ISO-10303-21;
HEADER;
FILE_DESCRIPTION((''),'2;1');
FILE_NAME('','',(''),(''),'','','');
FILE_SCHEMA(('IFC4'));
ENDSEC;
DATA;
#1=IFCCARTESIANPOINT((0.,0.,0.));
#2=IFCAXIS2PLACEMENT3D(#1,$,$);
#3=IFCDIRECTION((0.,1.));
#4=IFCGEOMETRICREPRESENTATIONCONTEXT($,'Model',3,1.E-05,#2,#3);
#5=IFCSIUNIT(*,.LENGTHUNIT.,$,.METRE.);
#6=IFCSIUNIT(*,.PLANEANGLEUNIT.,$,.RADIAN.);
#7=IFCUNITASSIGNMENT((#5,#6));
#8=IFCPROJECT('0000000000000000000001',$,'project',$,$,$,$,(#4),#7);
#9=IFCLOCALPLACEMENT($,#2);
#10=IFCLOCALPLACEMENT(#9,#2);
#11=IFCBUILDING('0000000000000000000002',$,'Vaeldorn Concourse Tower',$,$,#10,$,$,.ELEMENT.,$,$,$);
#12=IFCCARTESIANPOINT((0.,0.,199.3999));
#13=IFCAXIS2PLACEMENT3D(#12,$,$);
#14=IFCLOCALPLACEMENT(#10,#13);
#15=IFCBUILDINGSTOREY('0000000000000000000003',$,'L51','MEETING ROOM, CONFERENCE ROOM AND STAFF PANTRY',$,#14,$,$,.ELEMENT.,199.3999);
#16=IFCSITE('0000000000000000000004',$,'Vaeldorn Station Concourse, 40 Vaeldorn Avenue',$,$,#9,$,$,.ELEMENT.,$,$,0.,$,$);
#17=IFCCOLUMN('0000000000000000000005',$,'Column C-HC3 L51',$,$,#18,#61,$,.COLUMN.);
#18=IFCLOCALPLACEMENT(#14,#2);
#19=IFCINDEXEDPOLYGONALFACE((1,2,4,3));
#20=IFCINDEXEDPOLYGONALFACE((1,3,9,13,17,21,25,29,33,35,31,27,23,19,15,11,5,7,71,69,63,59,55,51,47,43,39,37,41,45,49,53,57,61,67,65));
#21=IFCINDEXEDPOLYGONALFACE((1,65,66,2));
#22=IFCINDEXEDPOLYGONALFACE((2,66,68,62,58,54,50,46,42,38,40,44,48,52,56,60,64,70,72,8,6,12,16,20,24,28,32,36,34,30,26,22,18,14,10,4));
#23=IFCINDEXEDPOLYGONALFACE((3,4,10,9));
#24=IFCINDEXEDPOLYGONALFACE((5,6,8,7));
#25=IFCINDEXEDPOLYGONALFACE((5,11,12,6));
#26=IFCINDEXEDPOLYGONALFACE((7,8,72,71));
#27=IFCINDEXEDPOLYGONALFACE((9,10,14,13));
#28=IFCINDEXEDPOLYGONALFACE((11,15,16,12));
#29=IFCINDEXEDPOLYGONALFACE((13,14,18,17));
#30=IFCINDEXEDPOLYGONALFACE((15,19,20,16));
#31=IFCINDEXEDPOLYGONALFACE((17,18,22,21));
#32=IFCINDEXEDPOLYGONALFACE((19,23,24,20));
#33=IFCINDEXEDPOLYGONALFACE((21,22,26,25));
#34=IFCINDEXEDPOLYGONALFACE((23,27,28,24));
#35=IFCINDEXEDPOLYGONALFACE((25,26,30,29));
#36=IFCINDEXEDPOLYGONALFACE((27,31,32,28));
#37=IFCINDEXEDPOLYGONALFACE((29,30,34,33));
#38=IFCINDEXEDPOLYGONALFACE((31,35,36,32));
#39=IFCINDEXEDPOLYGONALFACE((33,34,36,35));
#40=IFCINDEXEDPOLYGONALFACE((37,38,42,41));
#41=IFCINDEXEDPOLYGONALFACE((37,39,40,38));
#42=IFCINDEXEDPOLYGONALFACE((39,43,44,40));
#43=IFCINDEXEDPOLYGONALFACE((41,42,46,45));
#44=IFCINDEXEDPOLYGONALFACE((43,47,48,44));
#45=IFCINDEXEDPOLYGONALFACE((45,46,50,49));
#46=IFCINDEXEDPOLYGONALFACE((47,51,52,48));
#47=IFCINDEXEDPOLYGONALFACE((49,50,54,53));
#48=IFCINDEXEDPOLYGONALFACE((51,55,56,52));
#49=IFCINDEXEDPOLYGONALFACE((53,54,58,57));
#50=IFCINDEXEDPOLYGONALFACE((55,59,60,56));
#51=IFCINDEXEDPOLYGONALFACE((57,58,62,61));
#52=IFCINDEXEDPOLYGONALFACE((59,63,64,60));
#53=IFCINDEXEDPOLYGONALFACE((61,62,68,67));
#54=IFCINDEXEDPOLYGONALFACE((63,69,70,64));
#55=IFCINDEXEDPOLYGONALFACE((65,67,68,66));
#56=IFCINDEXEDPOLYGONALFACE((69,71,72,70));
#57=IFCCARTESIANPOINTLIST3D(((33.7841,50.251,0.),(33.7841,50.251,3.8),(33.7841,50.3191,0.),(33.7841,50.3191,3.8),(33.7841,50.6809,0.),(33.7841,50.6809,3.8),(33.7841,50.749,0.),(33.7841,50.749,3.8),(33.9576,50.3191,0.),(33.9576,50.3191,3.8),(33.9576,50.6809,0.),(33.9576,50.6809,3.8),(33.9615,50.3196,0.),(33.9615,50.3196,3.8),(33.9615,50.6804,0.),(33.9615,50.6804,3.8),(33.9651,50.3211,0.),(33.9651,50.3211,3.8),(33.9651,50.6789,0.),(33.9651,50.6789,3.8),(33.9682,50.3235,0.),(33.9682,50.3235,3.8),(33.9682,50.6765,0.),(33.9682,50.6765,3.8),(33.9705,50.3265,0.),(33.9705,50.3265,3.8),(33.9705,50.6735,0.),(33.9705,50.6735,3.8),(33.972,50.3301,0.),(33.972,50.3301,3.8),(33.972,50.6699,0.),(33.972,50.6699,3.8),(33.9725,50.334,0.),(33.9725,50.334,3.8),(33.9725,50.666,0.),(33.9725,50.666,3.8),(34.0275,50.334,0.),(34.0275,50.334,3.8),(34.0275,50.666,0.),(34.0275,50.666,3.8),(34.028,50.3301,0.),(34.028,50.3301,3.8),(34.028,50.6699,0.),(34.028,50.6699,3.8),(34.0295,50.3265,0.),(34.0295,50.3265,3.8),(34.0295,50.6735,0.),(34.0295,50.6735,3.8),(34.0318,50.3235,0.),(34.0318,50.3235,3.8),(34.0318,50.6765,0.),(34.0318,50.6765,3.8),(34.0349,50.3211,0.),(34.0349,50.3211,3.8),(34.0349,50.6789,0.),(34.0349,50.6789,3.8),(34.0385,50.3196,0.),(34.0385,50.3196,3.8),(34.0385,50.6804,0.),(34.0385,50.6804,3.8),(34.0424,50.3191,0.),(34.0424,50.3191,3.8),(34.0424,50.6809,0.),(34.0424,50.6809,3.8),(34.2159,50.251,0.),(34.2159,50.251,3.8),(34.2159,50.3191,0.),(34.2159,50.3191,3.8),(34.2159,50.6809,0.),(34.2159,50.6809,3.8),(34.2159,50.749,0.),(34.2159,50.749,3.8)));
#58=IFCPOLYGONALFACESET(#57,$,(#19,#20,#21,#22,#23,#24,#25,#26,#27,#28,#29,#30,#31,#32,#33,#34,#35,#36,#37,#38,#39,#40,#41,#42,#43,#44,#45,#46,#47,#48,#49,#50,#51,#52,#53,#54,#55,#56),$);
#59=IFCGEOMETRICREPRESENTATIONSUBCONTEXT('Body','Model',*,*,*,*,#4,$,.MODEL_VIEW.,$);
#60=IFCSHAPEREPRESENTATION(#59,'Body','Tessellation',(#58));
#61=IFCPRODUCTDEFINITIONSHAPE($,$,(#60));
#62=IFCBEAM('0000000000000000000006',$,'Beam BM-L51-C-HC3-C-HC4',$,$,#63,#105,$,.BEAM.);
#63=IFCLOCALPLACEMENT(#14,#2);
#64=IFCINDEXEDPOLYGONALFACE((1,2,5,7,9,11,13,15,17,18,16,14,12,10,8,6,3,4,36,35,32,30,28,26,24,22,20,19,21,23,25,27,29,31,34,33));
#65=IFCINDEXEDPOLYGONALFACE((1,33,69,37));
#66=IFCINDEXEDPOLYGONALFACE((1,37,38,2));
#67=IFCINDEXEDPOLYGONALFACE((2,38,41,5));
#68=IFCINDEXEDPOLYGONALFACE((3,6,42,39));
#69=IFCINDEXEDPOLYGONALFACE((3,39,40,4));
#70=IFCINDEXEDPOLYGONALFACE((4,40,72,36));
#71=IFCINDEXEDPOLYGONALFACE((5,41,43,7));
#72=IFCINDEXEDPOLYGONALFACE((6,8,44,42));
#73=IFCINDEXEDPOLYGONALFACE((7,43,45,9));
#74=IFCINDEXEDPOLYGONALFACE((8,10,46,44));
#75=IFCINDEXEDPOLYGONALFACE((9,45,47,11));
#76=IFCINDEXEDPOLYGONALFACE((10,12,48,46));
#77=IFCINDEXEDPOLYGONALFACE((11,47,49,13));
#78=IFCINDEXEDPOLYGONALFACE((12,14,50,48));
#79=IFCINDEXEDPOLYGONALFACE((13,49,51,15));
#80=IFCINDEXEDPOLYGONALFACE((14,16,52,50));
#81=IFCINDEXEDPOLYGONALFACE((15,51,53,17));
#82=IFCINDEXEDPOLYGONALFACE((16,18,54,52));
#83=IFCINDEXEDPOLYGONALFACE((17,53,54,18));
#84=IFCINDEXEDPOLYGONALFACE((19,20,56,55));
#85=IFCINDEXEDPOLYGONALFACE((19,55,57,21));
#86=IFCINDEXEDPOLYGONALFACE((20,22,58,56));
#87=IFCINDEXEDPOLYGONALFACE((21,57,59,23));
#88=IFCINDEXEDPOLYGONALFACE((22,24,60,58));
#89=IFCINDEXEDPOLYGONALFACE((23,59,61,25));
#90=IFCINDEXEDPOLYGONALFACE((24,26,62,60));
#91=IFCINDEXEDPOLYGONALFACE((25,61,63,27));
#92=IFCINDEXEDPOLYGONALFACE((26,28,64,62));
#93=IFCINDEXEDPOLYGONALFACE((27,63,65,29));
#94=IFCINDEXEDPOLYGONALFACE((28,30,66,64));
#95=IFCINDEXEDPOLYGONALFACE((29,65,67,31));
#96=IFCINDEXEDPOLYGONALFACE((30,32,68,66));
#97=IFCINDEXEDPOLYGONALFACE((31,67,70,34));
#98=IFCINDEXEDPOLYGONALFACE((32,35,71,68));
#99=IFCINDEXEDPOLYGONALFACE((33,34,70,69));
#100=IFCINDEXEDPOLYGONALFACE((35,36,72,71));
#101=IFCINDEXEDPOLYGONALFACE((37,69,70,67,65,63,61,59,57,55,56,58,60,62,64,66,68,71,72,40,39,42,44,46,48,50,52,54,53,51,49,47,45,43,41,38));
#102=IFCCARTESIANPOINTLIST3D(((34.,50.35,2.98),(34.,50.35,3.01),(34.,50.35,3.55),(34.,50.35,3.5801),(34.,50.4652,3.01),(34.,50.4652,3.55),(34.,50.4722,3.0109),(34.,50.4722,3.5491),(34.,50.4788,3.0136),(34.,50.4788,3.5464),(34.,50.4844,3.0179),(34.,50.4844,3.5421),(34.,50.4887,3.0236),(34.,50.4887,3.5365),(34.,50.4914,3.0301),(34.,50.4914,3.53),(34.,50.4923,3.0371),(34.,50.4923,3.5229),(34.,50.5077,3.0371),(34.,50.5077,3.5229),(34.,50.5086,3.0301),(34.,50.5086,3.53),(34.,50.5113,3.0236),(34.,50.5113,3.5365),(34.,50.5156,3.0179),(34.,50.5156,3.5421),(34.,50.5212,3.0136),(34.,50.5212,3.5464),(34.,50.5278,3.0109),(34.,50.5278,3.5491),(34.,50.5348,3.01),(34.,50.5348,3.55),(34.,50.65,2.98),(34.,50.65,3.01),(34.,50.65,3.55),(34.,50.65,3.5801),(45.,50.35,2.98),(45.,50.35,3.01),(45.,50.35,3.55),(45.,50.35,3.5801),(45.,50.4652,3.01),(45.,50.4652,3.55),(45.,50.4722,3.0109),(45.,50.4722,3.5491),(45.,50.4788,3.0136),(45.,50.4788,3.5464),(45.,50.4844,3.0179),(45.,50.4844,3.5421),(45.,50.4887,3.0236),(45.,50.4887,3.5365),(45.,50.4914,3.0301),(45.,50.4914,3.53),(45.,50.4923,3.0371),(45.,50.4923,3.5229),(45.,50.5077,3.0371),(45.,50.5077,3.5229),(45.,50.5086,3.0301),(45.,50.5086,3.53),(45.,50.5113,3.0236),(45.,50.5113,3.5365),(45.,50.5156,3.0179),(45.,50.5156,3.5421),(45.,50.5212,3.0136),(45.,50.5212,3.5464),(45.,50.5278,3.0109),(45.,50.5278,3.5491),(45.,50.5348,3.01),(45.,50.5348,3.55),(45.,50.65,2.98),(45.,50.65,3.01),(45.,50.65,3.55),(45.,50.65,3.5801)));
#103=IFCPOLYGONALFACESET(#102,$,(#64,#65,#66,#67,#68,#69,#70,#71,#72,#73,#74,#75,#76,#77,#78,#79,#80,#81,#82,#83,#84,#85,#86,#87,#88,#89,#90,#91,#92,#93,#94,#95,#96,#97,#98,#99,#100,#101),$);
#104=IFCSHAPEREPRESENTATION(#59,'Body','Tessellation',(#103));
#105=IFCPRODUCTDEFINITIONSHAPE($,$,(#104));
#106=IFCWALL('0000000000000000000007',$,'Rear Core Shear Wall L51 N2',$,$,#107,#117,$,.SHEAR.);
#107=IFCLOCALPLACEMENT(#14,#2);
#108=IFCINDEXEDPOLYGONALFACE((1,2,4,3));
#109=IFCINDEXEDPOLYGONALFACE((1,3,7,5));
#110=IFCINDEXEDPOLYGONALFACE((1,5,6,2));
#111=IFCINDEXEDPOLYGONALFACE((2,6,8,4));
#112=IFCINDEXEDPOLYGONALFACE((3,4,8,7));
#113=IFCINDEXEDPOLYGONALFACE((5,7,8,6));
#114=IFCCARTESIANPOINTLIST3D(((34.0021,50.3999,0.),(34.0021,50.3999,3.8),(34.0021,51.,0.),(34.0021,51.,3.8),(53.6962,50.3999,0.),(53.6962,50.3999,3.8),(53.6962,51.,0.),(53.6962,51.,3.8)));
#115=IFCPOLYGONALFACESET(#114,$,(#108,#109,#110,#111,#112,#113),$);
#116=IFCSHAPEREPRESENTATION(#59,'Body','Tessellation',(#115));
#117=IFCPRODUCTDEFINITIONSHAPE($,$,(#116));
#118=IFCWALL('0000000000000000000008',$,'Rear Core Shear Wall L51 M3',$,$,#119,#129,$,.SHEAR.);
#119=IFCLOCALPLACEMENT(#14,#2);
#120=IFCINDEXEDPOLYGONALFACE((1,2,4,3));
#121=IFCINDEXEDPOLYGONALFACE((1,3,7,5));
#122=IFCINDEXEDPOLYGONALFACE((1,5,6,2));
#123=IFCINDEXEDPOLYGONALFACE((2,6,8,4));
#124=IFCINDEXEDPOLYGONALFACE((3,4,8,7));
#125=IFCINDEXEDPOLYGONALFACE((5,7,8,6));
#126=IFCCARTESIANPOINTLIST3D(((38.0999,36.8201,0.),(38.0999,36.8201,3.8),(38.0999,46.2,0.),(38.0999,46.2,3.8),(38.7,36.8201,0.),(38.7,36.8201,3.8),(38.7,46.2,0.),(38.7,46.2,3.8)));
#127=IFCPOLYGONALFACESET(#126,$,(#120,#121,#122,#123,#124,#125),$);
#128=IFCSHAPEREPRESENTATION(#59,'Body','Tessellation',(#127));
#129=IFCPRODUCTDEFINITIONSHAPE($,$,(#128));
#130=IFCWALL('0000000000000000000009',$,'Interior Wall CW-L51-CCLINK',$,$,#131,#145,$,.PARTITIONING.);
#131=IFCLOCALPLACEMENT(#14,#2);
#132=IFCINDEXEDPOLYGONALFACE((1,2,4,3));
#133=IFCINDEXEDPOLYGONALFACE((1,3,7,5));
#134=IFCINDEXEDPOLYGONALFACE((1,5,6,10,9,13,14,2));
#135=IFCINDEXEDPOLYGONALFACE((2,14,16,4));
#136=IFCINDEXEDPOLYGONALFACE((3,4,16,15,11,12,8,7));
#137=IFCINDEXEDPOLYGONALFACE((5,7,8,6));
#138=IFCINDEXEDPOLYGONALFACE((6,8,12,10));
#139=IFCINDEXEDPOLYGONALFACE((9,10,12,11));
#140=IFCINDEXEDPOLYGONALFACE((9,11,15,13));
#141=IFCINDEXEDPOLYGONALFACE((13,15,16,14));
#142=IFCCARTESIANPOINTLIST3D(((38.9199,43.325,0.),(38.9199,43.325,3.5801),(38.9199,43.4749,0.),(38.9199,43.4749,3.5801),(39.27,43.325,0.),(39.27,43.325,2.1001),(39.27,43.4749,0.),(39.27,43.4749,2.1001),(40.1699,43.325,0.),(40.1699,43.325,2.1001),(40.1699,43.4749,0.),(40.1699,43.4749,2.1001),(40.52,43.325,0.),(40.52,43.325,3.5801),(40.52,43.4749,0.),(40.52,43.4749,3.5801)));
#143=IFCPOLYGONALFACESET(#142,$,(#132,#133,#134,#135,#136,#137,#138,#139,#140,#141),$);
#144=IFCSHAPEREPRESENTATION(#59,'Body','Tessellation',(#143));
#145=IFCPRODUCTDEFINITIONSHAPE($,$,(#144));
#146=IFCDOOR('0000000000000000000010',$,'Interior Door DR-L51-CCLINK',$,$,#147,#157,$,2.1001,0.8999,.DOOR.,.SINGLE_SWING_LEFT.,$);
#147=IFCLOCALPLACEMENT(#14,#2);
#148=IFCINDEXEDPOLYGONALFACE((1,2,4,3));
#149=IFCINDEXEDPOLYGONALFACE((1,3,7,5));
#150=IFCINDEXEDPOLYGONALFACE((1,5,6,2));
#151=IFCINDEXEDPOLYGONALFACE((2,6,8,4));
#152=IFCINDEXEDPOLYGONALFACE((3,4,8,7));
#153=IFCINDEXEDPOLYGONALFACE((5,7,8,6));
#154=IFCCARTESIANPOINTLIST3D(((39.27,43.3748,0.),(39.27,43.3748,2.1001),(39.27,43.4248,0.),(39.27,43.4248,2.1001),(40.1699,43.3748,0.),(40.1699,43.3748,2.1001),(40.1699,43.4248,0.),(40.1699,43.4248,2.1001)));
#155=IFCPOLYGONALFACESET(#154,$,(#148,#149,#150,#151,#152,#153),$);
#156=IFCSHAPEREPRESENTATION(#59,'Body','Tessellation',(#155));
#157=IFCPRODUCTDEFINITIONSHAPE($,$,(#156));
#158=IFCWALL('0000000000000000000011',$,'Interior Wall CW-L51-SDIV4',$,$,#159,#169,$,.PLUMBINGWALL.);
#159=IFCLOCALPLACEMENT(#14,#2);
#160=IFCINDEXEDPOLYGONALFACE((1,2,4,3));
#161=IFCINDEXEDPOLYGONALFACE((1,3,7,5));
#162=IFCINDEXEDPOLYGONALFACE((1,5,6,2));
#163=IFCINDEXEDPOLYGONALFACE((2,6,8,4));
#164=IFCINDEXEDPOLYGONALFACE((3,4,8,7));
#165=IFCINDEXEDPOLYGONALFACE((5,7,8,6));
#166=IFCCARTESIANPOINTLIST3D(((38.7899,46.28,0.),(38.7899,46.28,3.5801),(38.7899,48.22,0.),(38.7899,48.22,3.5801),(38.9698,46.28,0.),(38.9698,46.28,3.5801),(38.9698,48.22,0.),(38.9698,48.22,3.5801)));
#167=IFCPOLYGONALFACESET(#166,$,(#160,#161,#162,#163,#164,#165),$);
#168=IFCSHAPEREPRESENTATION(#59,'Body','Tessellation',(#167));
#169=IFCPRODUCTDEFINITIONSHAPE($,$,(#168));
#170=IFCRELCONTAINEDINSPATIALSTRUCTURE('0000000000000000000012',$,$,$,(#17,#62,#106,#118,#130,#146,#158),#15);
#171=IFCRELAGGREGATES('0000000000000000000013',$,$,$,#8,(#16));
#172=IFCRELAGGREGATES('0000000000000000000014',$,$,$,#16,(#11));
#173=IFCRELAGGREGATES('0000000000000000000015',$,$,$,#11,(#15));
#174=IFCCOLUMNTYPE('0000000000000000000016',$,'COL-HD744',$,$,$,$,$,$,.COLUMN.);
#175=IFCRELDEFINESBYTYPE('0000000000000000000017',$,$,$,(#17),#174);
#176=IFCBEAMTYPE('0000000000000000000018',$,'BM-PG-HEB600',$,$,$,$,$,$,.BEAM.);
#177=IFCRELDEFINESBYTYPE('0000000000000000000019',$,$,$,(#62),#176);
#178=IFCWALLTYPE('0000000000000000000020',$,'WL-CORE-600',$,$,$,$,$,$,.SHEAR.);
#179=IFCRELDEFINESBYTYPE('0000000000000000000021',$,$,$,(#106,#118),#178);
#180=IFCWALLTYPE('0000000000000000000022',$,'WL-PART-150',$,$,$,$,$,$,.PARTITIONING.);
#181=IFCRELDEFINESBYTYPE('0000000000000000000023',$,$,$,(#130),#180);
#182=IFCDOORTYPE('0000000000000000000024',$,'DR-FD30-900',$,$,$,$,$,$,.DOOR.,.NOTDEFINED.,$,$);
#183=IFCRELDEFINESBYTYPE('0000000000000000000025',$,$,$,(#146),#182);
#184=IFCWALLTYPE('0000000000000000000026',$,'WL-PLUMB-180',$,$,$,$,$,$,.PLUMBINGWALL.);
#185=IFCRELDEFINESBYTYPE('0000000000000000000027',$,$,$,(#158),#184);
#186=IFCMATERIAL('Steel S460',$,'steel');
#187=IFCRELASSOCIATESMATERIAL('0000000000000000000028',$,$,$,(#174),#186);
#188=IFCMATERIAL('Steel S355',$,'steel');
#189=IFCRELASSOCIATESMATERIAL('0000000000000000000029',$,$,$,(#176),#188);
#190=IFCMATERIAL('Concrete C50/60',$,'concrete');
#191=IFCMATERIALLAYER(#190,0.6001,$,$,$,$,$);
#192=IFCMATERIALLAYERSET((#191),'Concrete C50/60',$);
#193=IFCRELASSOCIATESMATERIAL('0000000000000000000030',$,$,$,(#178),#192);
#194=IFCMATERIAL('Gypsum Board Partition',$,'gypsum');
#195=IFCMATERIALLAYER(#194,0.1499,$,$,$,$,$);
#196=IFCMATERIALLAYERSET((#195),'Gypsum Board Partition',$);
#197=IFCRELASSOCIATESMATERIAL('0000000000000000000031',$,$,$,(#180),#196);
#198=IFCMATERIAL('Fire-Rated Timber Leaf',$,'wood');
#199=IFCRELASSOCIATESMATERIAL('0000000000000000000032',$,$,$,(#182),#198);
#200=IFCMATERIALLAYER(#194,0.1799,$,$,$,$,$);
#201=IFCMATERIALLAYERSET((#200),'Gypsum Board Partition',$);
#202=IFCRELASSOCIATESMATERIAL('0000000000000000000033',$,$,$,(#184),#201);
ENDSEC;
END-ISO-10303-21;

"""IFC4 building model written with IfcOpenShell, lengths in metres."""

from ifc_helpers import new_model, si_unit, direction, frame, frame_2d, origin, origin_2d, place, context, subcontext, project, spatial, rectangle, i_section, extrude, source, transform, mapped, material, layer, layer_set, material_profile, profile_set, type_object, element, fill, save


model = new_model("IFC4")

# Units and contexts
model_context = context("Model", 3, precision=1e-05, world=origin(), true_north=direction((0.0, 1.0)))
body_context = subcontext(model_context, "Body", "Model", "MODEL_VIEW")
ifc_project = project(units=[si_unit("LENGTHUNIT", "METRE"), si_unit("PLANEANGLEUNIT", "RADIAN")], contexts=[model_context])

# Site, building, storey
site_placement = place(None, origin())
site = spatial("IfcSite", under=ifc_project, at=site_placement, Name="Vaeldorn Station Concourse, 40 Vaeldorn Avenue", CompositionType="ELEMENT", RefElevation=0.0)
building_placement = place(site_placement, origin())
building = spatial("IfcBuilding", under=site, at=building_placement, Name="Vaeldorn Concourse Tower", CompositionType="ELEMENT")
storey_placement = place(building_placement, frame((0.0, 0.0, 199.3999)))
storey = spatial("IfcBuildingStorey", under=building, at=storey_placement, Name="L51", Description="MEETING ROOM, CONFERENCE ROOM AND STAFF PANTRY", CompositionType="ELEMENT", Elevation=199.3999)

# Column
ifc_material_1 = material(Name="Steel S460", Category="steel")
ifc_material_profile_1 = material_profile(ifc_material_1, i_section(OverallWidth=0.4319, OverallDepth=0.498, WebThickness=0.0549, FlangeThickness=0.0681, FilletRadius=0.0149, at=origin_2d()), Name="HD 400x744")
ifc_profile_set_1 = profile_set([ifc_material_profile_1], Name="Steel S460")
column_type = type_object("IfcColumnType", Name="COL-HD744", PredefinedType="COLUMN", material=ifc_profile_set_1)
shared_shape_1 = source(origin(), body_context, "Body", "SweptSolid", [
    extrude(i_section(OverallWidth=0.4319, OverallDepth=0.498, WebThickness=0.0549, FlangeThickness=0.0681, FilletRadius=0.0149, at=origin_2d()), origin(), (0.0, 0.0, 1.0), 3.8),
])
column_placement = place(storey_placement, frame((34.0, 50.5, 0.0), z_axis=(0.0, 0.0, 1.0), x_axis=(1.0, 0.0, 0.0)))
element("IfcColumn", 1, at=column_placement, inside=storey, type_object=column_type, Name="Column C-HC3 L51", PredefinedType="COLUMN", context=body_context, shape_type="MappedRepresentation", body=[
    mapped(shared_shape_1, transform((0.0, 0.0, 0.0), scale=1.0)),
])

# Beam
ifc_material_2 = material(Name="Steel S355", Category="steel")
ifc_material_profile_2 = material_profile(ifc_material_2, i_section(OverallWidth=0.3, OverallDepth=0.6001, WebThickness=0.0154, FlangeThickness=0.03, FilletRadius=0.0271, at=origin_2d()), Name="HEB 600")
ifc_profile_set_2 = profile_set([ifc_material_profile_2], Name="Steel S355")
beam_type = type_object("IfcBeamType", Name="BM-PG-HEB600", PredefinedType="BEAM", material=ifc_profile_set_2)
shared_shape_2 = source(origin(), body_context, "Body", "SweptSolid", [
    extrude(i_section(OverallWidth=0.3, OverallDepth=0.6001, WebThickness=0.0154, FlangeThickness=0.03, FilletRadius=0.0271, at=origin_2d()), origin(), (0.0, 0.0, 1.0), 11.0),
])
beam_placement = place(storey_placement, frame((34.0, 50.5, 3.28), z_axis=(1.0, 0.0, 0.0), x_axis=(0.0, 1.0, 0.0)))
element("IfcBeam", 2, at=beam_placement, inside=storey, type_object=beam_type, Name="Beam BM-L51-C-HC3-C-HC4", PredefinedType="BEAM", context=body_context, shape_type="MappedRepresentation", body=[
    mapped(shared_shape_2, transform((0.0, 0.0, 0.0), scale=1.0)),
])

# Walls
ifc_material_3 = material(Name="Concrete C50/60", Category="concrete")
ifc_layer_1 = layer(ifc_material_3, 0.6001)
ifc_layer_set_1 = layer_set([ifc_layer_1], Name="Concrete C50/60")
wall_type_1 = type_object("IfcWallType", Name="WL-CORE-600", PredefinedType="SHEAR", material=ifc_layer_set_1)
wall_1_placement = place(storey_placement, frame((34.002, 50.7, 0.0), z_axis=(0.0, 0.0, 1.0), x_axis=(1.0, 0.0, 0.0)))
element("IfcWall", 3, at=wall_1_placement, inside=storey, type_object=wall_type_1, Name="Rear Core Shear Wall L51 N2", PredefinedType="SHEAR", context=body_context, shape_type="SweptSolid", body=[
    extrude(rectangle(XDim=19.6941, YDim=0.6001, at=frame_2d((9.8472, 0.0))), origin(), (0.0, 0.0, 1.0), 3.8),
])
wall_2_placement = place(storey_placement, frame((38.3999, 36.8201, 0.0), z_axis=(0.0, 0.0, 1.0), x_axis=(0.0, 1.0, 0.0)))
element("IfcWall", 4, at=wall_2_placement, inside=storey, type_object=wall_type_1, Name="Rear Core Shear Wall L51 M3", PredefinedType="SHEAR", context=body_context, shape_type="SweptSolid", body=[
    extrude(rectangle(XDim=9.3799, YDim=0.6001, at=frame_2d((4.6899, 0.0))), origin(), (0.0, 0.0, 1.0), 3.8),
])

# Wall, opening, door
ifc_material_4 = material(Name="Gypsum Board Partition", Category="gypsum")
ifc_layer_2 = layer(ifc_material_4, 0.1499)
ifc_layer_set_2 = layer_set([ifc_layer_2], Name="Gypsum Board Partition")
wall_type_2 = type_object("IfcWallType", Name="WL-PART-150", PredefinedType="PARTITIONING", material=ifc_layer_set_2)
wall_3_placement = place(storey_placement, frame((38.9199, 43.3999, 0.0), z_axis=(0.0, 0.0, 1.0), x_axis=(1.0, 0.0, 0.0)))
wall_3 = element("IfcWall", 5, at=wall_3_placement, inside=storey, type_object=wall_type_2, Name="Interior Wall CW-L51-CCLINK", PredefinedType="PARTITIONING", context=body_context, shape_type="SweptSolid", body=[
    extrude(rectangle(XDim=1.6001, YDim=0.1499, at=frame_2d((0.8, 0.0))), origin(), (0.0, 0.0, 1.0), 3.5801),
])
opening_1_placement = place(wall_3_placement, frame((0.3501, 0.0, 0.0)))
opening_1 = element("IfcOpeningElement", 6, at=opening_1_placement, cuts=wall_3, PredefinedType="OPENING", context=body_context, shape_type="SweptSolid", body=[
    extrude(rectangle(XDim=0.8999, YDim=2.1001, at=frame_2d((0.45, 1.05))), frame((0.0, 0.085, 0.0), z_axis=(0.0, -1.0, 0.0), x_axis=(1.0, 0.0, 0.0)), (0.0, 0.0, 1.0), 0.1699),
])
ifc_material_5 = material(Name="Fire-Rated Timber Leaf", Category="wood")
door_type_1 = type_object("IfcDoorType", Name="DR-FD30-900", OperationType="NOTDEFINED", PredefinedType="DOOR", material=ifc_material_5)
shared_shape_3 = source(origin(), body_context, "Body", "SweptSolid", [
    extrude(rectangle(XDim=0.8999, YDim=2.1001, at=frame_2d((0.45, 1.05))), frame((0.0, 0.0249, 0.0), z_axis=(0.0, -1.0, 0.0), x_axis=(1.0, 0.0, 0.0)), (0.0, 0.0, 1.0), 0.05),
])
door_1_placement = place(opening_1_placement, origin())
door_1 = element("IfcDoor", 7, at=door_1_placement, inside=storey, type_object=door_type_1, Name="Interior Door DR-L51-CCLINK", OperationType="SINGLE_SWING_LEFT", OverallHeight=2.1001, OverallWidth=0.8999, PredefinedType="DOOR", context=body_context, shape_type="MappedRepresentation", body=[
    mapped(shared_shape_3, transform((0.0, 0.0, 0.0), scale=1.0)),
])
fill(opening_1, door_1)

# Wall
ifc_layer_3 = layer(ifc_material_4, 0.1799)
ifc_layer_set_3 = layer_set([ifc_layer_3], Name="Gypsum Board Partition")
wall_type_3 = type_object("IfcWallType", Name="WL-PLUMB-180", PredefinedType="PLUMBINGWALL", material=ifc_layer_set_3)
wall_4_placement = place(storey_placement, frame((38.8799, 46.28, 0.0), z_axis=(0.0, 0.0, 1.0), x_axis=(0.0, 1.0, 0.0)))
element("IfcWall", 8, at=wall_4_placement, inside=storey, type_object=wall_type_3, Name="Interior Wall CW-L51-SDIV4", PredefinedType="PLUMBINGWALL", context=body_context, shape_type="SweptSolid", body=[
    extrude(rectangle(XDim=1.9399, YDim=0.1799, at=frame_2d((0.97, 0.0))), origin(), (0.0, 0.0, 1.0), 3.5801),
])

save(model, "model.ifc")
